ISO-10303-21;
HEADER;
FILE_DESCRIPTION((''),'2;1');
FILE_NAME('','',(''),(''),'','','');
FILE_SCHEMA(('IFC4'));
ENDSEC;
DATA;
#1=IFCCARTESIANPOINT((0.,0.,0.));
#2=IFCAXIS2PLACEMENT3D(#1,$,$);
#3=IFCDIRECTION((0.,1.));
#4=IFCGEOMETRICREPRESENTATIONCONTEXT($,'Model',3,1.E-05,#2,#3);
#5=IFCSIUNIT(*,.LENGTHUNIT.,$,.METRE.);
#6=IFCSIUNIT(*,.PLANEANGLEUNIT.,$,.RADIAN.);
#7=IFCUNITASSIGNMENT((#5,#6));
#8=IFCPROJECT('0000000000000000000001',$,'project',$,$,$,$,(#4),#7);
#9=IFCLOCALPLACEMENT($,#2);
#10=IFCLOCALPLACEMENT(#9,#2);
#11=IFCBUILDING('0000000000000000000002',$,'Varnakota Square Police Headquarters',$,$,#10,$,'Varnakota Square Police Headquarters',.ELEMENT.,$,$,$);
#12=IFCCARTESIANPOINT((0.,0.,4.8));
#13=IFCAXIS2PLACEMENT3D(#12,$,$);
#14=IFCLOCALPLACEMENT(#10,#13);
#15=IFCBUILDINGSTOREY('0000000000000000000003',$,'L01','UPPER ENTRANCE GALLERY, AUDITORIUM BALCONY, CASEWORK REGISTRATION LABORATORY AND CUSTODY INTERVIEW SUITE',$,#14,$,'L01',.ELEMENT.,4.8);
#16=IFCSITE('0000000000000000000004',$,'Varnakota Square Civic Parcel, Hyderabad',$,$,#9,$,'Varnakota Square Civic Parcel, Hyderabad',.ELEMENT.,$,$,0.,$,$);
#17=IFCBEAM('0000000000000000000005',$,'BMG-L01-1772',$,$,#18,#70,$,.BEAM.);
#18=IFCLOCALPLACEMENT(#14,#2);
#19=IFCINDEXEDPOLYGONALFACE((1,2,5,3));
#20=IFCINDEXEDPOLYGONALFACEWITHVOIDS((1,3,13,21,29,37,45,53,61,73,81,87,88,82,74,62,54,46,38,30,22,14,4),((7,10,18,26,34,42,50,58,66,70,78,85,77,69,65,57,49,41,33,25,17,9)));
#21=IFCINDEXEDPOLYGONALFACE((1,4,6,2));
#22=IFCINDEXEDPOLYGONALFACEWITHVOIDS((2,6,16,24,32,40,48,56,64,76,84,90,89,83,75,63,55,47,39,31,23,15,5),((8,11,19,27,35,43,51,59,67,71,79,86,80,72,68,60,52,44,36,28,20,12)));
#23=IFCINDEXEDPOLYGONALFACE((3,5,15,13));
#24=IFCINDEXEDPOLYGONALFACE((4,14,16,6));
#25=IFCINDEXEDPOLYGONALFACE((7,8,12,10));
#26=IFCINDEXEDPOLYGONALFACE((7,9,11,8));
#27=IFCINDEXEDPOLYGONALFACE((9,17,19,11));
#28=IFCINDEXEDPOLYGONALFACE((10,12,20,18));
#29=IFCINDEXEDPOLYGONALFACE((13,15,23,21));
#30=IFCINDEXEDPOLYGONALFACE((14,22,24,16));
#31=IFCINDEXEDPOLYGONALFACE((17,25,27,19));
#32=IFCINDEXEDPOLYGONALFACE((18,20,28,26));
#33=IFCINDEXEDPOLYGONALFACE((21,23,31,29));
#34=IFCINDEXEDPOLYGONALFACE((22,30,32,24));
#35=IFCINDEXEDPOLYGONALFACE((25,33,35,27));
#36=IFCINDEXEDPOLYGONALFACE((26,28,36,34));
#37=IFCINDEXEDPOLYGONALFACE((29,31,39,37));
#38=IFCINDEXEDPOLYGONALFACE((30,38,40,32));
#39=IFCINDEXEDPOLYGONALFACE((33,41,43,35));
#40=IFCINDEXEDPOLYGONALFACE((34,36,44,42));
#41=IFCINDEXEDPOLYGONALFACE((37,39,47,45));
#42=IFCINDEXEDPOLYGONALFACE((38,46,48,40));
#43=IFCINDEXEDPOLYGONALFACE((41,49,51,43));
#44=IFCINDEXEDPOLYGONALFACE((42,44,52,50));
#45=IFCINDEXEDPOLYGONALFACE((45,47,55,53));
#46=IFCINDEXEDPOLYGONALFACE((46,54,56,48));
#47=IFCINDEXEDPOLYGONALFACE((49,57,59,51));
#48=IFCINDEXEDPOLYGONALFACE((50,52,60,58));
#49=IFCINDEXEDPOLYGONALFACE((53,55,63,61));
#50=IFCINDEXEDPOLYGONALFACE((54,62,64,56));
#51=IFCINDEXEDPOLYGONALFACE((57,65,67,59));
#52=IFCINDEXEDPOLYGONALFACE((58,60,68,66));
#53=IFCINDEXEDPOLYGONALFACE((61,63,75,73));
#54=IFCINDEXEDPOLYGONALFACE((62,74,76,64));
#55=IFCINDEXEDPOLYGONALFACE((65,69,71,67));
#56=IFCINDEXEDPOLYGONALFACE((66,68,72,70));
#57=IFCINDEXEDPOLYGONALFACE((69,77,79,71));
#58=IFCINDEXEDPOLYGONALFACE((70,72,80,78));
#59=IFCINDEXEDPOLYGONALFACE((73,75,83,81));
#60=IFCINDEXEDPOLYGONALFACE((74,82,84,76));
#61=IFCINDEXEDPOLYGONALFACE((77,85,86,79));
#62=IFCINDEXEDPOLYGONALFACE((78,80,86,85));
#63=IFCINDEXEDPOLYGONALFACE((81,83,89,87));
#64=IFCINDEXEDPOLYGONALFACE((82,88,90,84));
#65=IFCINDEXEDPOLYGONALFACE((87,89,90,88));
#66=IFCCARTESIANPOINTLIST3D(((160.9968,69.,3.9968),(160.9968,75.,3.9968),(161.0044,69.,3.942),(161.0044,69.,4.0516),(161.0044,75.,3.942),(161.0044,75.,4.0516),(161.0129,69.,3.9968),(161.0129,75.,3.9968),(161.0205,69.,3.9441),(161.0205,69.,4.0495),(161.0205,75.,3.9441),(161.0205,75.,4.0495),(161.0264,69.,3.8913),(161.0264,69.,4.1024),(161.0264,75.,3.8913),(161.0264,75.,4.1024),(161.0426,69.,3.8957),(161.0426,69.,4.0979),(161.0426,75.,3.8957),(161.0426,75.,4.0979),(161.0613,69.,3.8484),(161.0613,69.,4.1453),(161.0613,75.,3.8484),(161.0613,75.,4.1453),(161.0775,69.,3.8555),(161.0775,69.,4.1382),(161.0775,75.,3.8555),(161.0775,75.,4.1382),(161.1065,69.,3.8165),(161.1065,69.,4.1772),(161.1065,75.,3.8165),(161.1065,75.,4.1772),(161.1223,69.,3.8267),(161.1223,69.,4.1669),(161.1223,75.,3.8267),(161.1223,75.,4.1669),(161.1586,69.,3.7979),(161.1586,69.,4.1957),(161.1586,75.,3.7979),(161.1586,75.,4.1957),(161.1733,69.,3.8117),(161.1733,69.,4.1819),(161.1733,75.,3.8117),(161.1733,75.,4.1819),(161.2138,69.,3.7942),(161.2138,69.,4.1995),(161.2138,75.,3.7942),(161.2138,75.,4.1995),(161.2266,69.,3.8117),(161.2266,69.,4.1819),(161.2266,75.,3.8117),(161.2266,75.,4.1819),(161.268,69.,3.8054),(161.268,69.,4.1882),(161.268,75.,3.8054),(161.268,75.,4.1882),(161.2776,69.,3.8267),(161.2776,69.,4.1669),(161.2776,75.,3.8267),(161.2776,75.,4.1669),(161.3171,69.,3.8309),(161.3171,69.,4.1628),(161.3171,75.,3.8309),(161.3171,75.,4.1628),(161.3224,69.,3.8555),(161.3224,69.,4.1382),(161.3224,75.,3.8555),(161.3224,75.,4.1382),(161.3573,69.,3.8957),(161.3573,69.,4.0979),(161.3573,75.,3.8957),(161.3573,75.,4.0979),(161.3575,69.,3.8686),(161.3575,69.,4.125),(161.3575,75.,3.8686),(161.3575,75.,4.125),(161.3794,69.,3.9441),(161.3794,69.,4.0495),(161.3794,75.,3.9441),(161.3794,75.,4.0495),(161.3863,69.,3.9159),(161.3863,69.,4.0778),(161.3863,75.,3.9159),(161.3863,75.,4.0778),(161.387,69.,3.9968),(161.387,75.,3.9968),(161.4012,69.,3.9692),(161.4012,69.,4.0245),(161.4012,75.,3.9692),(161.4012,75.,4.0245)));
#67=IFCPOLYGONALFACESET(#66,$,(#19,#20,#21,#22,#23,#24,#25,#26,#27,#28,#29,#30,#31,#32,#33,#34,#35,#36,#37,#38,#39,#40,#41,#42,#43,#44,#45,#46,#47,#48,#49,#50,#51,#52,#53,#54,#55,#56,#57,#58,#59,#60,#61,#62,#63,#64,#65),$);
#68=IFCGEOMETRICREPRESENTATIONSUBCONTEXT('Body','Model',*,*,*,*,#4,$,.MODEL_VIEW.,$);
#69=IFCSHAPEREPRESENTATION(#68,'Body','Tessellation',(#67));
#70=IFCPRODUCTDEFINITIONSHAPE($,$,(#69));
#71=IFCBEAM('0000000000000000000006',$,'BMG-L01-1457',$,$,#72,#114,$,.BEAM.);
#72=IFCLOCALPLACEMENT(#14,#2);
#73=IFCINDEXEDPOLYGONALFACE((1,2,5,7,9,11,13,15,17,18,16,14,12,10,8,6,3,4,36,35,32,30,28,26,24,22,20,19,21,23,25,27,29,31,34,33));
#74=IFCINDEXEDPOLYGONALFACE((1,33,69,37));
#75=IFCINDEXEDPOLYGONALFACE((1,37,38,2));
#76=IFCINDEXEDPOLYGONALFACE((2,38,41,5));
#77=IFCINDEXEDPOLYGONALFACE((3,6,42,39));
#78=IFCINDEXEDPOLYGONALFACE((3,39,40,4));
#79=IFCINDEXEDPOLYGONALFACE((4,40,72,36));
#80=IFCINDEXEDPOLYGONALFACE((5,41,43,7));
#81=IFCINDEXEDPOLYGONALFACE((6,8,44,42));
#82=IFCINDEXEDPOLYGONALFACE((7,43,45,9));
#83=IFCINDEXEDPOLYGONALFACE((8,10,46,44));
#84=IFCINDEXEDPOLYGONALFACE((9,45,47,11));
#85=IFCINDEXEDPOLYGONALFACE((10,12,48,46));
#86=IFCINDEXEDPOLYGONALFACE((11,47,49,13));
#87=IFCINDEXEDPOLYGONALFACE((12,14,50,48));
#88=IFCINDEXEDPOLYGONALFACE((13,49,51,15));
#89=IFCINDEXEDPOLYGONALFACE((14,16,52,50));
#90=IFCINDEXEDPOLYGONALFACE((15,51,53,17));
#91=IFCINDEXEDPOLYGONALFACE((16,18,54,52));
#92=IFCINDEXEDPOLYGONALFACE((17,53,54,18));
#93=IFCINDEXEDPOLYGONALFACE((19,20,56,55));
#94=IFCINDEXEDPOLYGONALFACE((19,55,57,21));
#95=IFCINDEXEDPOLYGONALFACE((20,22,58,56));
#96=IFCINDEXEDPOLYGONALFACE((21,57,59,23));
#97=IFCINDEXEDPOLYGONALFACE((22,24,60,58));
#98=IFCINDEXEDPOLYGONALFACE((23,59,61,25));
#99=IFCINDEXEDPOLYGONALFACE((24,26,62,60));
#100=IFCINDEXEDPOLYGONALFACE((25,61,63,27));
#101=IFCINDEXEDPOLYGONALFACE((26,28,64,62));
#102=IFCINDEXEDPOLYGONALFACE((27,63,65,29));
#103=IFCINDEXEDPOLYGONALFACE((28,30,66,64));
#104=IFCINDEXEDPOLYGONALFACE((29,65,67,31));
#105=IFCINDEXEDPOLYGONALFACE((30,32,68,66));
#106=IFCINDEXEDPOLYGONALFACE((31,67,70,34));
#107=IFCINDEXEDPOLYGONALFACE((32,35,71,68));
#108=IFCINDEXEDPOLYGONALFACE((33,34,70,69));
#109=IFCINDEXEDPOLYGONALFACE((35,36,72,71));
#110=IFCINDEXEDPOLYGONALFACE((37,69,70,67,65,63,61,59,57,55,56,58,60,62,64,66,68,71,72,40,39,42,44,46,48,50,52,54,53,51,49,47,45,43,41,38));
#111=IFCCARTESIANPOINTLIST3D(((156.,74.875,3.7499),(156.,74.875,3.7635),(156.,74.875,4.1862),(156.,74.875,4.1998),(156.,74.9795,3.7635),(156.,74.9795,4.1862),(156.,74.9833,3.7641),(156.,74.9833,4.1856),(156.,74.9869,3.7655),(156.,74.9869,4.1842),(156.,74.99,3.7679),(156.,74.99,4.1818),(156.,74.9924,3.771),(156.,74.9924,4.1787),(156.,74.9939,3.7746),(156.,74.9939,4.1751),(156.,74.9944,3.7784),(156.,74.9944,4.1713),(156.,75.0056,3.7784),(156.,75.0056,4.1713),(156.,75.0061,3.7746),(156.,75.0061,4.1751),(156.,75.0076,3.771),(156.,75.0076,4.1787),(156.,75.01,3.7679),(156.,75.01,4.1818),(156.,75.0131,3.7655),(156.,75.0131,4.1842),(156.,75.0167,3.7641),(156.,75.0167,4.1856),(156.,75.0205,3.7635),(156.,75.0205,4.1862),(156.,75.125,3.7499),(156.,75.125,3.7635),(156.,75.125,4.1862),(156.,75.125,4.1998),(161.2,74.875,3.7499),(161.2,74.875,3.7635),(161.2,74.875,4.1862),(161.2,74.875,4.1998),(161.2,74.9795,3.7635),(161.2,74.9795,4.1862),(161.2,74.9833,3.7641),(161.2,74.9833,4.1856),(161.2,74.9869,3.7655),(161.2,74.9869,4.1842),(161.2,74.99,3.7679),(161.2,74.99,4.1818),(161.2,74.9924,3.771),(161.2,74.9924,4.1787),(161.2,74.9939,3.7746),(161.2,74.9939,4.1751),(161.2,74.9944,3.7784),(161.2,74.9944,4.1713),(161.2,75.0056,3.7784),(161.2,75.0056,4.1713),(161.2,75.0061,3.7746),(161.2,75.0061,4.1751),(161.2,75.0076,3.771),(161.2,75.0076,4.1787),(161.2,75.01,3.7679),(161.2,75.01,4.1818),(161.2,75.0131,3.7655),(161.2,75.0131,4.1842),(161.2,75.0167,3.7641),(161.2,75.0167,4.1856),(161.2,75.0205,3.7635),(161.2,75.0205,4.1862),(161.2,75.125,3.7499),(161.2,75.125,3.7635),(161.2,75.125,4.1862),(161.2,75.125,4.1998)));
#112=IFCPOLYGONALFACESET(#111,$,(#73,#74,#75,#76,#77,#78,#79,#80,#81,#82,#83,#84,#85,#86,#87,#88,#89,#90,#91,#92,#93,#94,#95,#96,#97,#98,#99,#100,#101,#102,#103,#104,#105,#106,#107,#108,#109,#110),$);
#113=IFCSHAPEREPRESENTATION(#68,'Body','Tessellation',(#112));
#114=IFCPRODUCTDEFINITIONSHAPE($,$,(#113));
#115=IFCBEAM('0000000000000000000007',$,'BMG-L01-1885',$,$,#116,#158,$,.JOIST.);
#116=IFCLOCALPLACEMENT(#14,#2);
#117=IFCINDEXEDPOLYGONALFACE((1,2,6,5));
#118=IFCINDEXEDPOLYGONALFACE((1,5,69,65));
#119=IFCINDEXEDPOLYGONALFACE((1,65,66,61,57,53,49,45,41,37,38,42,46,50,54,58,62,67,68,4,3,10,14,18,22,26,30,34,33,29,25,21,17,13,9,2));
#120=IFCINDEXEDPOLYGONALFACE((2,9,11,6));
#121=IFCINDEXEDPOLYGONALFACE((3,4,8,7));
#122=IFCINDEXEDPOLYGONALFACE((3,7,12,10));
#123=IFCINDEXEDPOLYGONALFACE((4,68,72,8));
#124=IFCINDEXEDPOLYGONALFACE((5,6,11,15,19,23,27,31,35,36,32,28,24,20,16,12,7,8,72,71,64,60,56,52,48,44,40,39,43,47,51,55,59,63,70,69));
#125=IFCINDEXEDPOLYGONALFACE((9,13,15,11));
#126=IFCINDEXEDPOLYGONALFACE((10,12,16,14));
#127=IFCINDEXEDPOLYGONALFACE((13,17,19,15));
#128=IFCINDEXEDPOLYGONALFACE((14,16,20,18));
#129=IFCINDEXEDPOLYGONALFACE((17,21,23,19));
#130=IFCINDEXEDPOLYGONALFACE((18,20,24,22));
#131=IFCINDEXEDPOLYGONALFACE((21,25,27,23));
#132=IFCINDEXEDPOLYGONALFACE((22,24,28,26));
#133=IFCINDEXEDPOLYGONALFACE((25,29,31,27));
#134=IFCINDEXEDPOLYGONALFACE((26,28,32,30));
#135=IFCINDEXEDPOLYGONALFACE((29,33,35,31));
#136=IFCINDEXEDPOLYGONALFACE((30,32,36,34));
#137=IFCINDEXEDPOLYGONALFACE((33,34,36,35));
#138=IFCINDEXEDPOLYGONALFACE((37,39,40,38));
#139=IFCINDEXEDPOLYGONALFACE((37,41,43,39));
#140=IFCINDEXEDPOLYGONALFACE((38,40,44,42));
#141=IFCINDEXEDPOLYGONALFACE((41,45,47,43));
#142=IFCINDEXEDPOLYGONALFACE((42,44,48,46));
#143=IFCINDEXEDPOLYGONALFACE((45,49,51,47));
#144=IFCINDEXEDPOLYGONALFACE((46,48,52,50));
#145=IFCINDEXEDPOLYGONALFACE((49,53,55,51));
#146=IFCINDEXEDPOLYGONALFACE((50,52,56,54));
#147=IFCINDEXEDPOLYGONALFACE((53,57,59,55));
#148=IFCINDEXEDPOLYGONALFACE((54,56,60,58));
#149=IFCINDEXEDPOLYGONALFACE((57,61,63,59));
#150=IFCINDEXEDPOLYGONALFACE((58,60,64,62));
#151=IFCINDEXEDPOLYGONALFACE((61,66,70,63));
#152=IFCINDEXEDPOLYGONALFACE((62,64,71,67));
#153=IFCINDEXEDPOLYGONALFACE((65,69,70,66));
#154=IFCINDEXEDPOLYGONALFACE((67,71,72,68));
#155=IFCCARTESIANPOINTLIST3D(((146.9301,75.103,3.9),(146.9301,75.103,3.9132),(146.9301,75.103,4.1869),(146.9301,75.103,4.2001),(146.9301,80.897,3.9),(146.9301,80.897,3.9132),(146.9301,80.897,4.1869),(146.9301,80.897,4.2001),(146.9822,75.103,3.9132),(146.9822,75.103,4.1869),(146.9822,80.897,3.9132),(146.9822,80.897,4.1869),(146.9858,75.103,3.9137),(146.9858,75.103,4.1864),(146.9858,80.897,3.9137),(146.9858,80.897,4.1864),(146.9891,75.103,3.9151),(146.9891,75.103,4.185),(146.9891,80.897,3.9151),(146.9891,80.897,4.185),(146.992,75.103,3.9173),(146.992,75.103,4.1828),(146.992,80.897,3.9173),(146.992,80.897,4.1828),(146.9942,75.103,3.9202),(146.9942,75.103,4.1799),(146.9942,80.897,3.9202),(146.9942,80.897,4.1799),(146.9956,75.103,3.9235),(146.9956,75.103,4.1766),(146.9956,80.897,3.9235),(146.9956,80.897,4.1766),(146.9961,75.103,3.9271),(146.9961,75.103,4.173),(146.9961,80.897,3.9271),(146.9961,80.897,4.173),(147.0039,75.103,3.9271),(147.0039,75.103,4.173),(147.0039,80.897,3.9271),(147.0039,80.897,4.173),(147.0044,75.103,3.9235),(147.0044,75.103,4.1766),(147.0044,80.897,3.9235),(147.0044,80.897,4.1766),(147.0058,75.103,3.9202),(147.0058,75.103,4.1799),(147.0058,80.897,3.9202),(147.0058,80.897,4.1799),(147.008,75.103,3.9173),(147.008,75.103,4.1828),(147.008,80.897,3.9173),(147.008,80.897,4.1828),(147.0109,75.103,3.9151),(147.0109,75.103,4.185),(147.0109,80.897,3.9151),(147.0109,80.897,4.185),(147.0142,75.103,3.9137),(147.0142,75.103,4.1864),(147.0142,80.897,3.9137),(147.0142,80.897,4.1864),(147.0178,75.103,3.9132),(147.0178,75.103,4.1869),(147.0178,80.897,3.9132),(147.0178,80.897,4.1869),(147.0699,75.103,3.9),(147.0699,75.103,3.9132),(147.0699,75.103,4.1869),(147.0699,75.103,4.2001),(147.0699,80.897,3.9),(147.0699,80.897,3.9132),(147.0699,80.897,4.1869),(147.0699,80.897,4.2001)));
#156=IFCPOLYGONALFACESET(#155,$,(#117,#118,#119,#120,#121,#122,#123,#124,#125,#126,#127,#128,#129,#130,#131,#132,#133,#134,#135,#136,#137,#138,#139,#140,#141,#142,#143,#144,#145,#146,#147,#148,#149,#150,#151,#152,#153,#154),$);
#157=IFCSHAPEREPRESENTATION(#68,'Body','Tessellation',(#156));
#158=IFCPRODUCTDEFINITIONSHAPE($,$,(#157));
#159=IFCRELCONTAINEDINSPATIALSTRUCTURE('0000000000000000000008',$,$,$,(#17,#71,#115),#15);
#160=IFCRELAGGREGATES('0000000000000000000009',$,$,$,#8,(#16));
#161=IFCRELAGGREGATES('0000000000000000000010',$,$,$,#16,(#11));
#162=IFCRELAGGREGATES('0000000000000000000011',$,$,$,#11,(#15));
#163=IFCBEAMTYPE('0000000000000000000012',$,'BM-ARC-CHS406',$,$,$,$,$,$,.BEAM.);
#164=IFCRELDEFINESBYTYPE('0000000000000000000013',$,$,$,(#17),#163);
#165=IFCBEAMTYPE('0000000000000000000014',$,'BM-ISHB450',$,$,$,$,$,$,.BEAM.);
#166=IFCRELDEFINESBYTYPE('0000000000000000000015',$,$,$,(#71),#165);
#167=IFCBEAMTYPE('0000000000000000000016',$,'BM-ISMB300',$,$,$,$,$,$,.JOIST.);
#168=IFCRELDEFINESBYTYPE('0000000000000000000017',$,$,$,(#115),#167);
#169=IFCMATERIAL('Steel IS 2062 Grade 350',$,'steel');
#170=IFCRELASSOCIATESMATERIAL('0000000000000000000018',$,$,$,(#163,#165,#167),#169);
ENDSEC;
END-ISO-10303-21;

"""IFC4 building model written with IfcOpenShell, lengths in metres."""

from ifc_helpers import new_model, si_unit, direction, frame, origin, origin_2d, place, context, subcontext, project, spatial, hollow_circle, i_section, extrude, material, material_profile, profile_set, type_object, element, save


model = new_model("IFC4")

# Units and contexts
model_context = context("Model", 3, precision=1e-05, world=origin(), true_north=direction((0.0, 1.0)))
body_context = subcontext(model_context, "Body", "Model", "MODEL_VIEW")
ifc_project = project(units=[si_unit("LENGTHUNIT", "METRE"), si_unit("PLANEANGLEUNIT", "RADIAN")], contexts=[model_context])

# Site, building, storey
site_placement = place(None, origin())
site = spatial("IfcSite", under=ifc_project, at=site_placement, Name="Varnakota Square Civic Parcel, Hyderabad", LongName="Varnakota Square Civic Parcel, Hyderabad", CompositionType="ELEMENT", RefElevation=0.0)
building_placement = place(site_placement, origin())
building = spatial("IfcBuilding", under=site, at=building_placement, Name="Varnakota Square Police Headquarters", LongName="Varnakota Square Police Headquarters", CompositionType="ELEMENT")
storey_placement = place(building_placement, frame((0.0, 0.0, 4.8)))
storey = spatial("IfcBuildingStorey", under=building, at=storey_placement, Name="L01", Description="UPPER ENTRANCE GALLERY, AUDITORIUM BALCONY, CASEWORK REGISTRATION LABORATORY AND CUSTODY INTERVIEW SUITE", LongName="L01", CompositionType="ELEMENT", Elevation=4.8)

# Shared definitions
ifc_material_1 = material(Name="Steel IS 2062 Grade 350", Category="steel")

# Beams
ifc_material_profile_1 = material_profile(ifc_material_1, hollow_circle(Radius=0.2031, WallThickness=0.0161, at=origin_2d()), Name="CHS 406.4x16.0")
ifc_profile_set_1 = profile_set([ifc_material_profile_1], Name="Steel IS 2062 Grade 350")
beam_type_1 = type_object("IfcBeamType", Name="BM-ARC-CHS406", PredefinedType="BEAM", material=ifc_profile_set_1)
beam_1_placement = place(storey_placement, frame((161.2, 69.0, 3.9968), z_axis=(0.0, 1.0, 0.0), x_axis=(-1.0, 0.0, 0.0)))
element("IfcBeam", 1, at=beam_1_placement, inside=storey, type_object=beam_type_1, Name="BMG-L01-1772", PredefinedType="BEAM", context=body_context, shape_type="SweptSolid", body=[
    extrude(hollow_circle(Radius=0.2031, WallThickness=0.0161, at=origin_2d()), origin(), (0.0, 0.0, 1.0), 6.0),
])
ifc_material_profile_2 = material_profile(ifc_material_1, i_section(OverallWidth=0.25, OverallDepth=0.45, WebThickness=0.0112, FlangeThickness=0.0137, FilletRadius=0.0149, at=origin_2d()), Name="ISHB 450")
ifc_profile_set_2 = profile_set([ifc_material_profile_2], Name="Steel IS 2062 Grade 350")
beam_type_2 = type_object("IfcBeamType", Name="BM-ISHB450", PredefinedType="BEAM", material=ifc_profile_set_2)
beam_2_placement = place(storey_placement, frame((156.0, 75.0, 3.9749), z_axis=(1.0, 0.0, 0.0), x_axis=(0.0, 1.0, 0.0)))
element("IfcBeam", 2, at=beam_2_placement, inside=storey, type_object=beam_type_2, Name="BMG-L01-1457", PredefinedType="BEAM", context=body_context, shape_type="SweptSolid", body=[
    extrude(i_section(OverallWidth=0.25, OverallDepth=0.45, WebThickness=0.0112, FlangeThickness=0.0137, FilletRadius=0.0149, at=origin_2d()), origin(), (0.0, 0.0, 1.0), 5.2),
])
ifc_material_profile_3 = material_profile(ifc_material_1, i_section(OverallWidth=0.1399, OverallDepth=0.3, WebThickness=0.0078, FlangeThickness=0.0132, FilletRadius=0.0139, at=origin_2d()), Name="ISMB 300")
ifc_profile_set_3 = profile_set([ifc_material_profile_3], Name="Steel IS 2062 Grade 350")
beam_type_3 = type_object("IfcBeamType", Name="BM-ISMB300", PredefinedType="JOIST", material=ifc_profile_set_3)
beam_3_placement = place(storey_placement, frame((147.0, 75.103, 4.05), z_axis=(0.0, 1.0, 0.0), x_axis=(-1.0, 0.0, 0.0)))
element("IfcBeam", 3, at=beam_3_placement, inside=storey, type_object=beam_type_3, Name="BMG-L01-1885", PredefinedType="JOIST", context=body_context, shape_type="SweptSolid", body=[
    extrude(i_section(OverallWidth=0.1399, OverallDepth=0.3, WebThickness=0.0078, FlangeThickness=0.0132, FilletRadius=0.0139, at=origin_2d()), origin(), (0.0, 0.0, 1.0), 5.7939),
])

save(model, "model.ifc")
